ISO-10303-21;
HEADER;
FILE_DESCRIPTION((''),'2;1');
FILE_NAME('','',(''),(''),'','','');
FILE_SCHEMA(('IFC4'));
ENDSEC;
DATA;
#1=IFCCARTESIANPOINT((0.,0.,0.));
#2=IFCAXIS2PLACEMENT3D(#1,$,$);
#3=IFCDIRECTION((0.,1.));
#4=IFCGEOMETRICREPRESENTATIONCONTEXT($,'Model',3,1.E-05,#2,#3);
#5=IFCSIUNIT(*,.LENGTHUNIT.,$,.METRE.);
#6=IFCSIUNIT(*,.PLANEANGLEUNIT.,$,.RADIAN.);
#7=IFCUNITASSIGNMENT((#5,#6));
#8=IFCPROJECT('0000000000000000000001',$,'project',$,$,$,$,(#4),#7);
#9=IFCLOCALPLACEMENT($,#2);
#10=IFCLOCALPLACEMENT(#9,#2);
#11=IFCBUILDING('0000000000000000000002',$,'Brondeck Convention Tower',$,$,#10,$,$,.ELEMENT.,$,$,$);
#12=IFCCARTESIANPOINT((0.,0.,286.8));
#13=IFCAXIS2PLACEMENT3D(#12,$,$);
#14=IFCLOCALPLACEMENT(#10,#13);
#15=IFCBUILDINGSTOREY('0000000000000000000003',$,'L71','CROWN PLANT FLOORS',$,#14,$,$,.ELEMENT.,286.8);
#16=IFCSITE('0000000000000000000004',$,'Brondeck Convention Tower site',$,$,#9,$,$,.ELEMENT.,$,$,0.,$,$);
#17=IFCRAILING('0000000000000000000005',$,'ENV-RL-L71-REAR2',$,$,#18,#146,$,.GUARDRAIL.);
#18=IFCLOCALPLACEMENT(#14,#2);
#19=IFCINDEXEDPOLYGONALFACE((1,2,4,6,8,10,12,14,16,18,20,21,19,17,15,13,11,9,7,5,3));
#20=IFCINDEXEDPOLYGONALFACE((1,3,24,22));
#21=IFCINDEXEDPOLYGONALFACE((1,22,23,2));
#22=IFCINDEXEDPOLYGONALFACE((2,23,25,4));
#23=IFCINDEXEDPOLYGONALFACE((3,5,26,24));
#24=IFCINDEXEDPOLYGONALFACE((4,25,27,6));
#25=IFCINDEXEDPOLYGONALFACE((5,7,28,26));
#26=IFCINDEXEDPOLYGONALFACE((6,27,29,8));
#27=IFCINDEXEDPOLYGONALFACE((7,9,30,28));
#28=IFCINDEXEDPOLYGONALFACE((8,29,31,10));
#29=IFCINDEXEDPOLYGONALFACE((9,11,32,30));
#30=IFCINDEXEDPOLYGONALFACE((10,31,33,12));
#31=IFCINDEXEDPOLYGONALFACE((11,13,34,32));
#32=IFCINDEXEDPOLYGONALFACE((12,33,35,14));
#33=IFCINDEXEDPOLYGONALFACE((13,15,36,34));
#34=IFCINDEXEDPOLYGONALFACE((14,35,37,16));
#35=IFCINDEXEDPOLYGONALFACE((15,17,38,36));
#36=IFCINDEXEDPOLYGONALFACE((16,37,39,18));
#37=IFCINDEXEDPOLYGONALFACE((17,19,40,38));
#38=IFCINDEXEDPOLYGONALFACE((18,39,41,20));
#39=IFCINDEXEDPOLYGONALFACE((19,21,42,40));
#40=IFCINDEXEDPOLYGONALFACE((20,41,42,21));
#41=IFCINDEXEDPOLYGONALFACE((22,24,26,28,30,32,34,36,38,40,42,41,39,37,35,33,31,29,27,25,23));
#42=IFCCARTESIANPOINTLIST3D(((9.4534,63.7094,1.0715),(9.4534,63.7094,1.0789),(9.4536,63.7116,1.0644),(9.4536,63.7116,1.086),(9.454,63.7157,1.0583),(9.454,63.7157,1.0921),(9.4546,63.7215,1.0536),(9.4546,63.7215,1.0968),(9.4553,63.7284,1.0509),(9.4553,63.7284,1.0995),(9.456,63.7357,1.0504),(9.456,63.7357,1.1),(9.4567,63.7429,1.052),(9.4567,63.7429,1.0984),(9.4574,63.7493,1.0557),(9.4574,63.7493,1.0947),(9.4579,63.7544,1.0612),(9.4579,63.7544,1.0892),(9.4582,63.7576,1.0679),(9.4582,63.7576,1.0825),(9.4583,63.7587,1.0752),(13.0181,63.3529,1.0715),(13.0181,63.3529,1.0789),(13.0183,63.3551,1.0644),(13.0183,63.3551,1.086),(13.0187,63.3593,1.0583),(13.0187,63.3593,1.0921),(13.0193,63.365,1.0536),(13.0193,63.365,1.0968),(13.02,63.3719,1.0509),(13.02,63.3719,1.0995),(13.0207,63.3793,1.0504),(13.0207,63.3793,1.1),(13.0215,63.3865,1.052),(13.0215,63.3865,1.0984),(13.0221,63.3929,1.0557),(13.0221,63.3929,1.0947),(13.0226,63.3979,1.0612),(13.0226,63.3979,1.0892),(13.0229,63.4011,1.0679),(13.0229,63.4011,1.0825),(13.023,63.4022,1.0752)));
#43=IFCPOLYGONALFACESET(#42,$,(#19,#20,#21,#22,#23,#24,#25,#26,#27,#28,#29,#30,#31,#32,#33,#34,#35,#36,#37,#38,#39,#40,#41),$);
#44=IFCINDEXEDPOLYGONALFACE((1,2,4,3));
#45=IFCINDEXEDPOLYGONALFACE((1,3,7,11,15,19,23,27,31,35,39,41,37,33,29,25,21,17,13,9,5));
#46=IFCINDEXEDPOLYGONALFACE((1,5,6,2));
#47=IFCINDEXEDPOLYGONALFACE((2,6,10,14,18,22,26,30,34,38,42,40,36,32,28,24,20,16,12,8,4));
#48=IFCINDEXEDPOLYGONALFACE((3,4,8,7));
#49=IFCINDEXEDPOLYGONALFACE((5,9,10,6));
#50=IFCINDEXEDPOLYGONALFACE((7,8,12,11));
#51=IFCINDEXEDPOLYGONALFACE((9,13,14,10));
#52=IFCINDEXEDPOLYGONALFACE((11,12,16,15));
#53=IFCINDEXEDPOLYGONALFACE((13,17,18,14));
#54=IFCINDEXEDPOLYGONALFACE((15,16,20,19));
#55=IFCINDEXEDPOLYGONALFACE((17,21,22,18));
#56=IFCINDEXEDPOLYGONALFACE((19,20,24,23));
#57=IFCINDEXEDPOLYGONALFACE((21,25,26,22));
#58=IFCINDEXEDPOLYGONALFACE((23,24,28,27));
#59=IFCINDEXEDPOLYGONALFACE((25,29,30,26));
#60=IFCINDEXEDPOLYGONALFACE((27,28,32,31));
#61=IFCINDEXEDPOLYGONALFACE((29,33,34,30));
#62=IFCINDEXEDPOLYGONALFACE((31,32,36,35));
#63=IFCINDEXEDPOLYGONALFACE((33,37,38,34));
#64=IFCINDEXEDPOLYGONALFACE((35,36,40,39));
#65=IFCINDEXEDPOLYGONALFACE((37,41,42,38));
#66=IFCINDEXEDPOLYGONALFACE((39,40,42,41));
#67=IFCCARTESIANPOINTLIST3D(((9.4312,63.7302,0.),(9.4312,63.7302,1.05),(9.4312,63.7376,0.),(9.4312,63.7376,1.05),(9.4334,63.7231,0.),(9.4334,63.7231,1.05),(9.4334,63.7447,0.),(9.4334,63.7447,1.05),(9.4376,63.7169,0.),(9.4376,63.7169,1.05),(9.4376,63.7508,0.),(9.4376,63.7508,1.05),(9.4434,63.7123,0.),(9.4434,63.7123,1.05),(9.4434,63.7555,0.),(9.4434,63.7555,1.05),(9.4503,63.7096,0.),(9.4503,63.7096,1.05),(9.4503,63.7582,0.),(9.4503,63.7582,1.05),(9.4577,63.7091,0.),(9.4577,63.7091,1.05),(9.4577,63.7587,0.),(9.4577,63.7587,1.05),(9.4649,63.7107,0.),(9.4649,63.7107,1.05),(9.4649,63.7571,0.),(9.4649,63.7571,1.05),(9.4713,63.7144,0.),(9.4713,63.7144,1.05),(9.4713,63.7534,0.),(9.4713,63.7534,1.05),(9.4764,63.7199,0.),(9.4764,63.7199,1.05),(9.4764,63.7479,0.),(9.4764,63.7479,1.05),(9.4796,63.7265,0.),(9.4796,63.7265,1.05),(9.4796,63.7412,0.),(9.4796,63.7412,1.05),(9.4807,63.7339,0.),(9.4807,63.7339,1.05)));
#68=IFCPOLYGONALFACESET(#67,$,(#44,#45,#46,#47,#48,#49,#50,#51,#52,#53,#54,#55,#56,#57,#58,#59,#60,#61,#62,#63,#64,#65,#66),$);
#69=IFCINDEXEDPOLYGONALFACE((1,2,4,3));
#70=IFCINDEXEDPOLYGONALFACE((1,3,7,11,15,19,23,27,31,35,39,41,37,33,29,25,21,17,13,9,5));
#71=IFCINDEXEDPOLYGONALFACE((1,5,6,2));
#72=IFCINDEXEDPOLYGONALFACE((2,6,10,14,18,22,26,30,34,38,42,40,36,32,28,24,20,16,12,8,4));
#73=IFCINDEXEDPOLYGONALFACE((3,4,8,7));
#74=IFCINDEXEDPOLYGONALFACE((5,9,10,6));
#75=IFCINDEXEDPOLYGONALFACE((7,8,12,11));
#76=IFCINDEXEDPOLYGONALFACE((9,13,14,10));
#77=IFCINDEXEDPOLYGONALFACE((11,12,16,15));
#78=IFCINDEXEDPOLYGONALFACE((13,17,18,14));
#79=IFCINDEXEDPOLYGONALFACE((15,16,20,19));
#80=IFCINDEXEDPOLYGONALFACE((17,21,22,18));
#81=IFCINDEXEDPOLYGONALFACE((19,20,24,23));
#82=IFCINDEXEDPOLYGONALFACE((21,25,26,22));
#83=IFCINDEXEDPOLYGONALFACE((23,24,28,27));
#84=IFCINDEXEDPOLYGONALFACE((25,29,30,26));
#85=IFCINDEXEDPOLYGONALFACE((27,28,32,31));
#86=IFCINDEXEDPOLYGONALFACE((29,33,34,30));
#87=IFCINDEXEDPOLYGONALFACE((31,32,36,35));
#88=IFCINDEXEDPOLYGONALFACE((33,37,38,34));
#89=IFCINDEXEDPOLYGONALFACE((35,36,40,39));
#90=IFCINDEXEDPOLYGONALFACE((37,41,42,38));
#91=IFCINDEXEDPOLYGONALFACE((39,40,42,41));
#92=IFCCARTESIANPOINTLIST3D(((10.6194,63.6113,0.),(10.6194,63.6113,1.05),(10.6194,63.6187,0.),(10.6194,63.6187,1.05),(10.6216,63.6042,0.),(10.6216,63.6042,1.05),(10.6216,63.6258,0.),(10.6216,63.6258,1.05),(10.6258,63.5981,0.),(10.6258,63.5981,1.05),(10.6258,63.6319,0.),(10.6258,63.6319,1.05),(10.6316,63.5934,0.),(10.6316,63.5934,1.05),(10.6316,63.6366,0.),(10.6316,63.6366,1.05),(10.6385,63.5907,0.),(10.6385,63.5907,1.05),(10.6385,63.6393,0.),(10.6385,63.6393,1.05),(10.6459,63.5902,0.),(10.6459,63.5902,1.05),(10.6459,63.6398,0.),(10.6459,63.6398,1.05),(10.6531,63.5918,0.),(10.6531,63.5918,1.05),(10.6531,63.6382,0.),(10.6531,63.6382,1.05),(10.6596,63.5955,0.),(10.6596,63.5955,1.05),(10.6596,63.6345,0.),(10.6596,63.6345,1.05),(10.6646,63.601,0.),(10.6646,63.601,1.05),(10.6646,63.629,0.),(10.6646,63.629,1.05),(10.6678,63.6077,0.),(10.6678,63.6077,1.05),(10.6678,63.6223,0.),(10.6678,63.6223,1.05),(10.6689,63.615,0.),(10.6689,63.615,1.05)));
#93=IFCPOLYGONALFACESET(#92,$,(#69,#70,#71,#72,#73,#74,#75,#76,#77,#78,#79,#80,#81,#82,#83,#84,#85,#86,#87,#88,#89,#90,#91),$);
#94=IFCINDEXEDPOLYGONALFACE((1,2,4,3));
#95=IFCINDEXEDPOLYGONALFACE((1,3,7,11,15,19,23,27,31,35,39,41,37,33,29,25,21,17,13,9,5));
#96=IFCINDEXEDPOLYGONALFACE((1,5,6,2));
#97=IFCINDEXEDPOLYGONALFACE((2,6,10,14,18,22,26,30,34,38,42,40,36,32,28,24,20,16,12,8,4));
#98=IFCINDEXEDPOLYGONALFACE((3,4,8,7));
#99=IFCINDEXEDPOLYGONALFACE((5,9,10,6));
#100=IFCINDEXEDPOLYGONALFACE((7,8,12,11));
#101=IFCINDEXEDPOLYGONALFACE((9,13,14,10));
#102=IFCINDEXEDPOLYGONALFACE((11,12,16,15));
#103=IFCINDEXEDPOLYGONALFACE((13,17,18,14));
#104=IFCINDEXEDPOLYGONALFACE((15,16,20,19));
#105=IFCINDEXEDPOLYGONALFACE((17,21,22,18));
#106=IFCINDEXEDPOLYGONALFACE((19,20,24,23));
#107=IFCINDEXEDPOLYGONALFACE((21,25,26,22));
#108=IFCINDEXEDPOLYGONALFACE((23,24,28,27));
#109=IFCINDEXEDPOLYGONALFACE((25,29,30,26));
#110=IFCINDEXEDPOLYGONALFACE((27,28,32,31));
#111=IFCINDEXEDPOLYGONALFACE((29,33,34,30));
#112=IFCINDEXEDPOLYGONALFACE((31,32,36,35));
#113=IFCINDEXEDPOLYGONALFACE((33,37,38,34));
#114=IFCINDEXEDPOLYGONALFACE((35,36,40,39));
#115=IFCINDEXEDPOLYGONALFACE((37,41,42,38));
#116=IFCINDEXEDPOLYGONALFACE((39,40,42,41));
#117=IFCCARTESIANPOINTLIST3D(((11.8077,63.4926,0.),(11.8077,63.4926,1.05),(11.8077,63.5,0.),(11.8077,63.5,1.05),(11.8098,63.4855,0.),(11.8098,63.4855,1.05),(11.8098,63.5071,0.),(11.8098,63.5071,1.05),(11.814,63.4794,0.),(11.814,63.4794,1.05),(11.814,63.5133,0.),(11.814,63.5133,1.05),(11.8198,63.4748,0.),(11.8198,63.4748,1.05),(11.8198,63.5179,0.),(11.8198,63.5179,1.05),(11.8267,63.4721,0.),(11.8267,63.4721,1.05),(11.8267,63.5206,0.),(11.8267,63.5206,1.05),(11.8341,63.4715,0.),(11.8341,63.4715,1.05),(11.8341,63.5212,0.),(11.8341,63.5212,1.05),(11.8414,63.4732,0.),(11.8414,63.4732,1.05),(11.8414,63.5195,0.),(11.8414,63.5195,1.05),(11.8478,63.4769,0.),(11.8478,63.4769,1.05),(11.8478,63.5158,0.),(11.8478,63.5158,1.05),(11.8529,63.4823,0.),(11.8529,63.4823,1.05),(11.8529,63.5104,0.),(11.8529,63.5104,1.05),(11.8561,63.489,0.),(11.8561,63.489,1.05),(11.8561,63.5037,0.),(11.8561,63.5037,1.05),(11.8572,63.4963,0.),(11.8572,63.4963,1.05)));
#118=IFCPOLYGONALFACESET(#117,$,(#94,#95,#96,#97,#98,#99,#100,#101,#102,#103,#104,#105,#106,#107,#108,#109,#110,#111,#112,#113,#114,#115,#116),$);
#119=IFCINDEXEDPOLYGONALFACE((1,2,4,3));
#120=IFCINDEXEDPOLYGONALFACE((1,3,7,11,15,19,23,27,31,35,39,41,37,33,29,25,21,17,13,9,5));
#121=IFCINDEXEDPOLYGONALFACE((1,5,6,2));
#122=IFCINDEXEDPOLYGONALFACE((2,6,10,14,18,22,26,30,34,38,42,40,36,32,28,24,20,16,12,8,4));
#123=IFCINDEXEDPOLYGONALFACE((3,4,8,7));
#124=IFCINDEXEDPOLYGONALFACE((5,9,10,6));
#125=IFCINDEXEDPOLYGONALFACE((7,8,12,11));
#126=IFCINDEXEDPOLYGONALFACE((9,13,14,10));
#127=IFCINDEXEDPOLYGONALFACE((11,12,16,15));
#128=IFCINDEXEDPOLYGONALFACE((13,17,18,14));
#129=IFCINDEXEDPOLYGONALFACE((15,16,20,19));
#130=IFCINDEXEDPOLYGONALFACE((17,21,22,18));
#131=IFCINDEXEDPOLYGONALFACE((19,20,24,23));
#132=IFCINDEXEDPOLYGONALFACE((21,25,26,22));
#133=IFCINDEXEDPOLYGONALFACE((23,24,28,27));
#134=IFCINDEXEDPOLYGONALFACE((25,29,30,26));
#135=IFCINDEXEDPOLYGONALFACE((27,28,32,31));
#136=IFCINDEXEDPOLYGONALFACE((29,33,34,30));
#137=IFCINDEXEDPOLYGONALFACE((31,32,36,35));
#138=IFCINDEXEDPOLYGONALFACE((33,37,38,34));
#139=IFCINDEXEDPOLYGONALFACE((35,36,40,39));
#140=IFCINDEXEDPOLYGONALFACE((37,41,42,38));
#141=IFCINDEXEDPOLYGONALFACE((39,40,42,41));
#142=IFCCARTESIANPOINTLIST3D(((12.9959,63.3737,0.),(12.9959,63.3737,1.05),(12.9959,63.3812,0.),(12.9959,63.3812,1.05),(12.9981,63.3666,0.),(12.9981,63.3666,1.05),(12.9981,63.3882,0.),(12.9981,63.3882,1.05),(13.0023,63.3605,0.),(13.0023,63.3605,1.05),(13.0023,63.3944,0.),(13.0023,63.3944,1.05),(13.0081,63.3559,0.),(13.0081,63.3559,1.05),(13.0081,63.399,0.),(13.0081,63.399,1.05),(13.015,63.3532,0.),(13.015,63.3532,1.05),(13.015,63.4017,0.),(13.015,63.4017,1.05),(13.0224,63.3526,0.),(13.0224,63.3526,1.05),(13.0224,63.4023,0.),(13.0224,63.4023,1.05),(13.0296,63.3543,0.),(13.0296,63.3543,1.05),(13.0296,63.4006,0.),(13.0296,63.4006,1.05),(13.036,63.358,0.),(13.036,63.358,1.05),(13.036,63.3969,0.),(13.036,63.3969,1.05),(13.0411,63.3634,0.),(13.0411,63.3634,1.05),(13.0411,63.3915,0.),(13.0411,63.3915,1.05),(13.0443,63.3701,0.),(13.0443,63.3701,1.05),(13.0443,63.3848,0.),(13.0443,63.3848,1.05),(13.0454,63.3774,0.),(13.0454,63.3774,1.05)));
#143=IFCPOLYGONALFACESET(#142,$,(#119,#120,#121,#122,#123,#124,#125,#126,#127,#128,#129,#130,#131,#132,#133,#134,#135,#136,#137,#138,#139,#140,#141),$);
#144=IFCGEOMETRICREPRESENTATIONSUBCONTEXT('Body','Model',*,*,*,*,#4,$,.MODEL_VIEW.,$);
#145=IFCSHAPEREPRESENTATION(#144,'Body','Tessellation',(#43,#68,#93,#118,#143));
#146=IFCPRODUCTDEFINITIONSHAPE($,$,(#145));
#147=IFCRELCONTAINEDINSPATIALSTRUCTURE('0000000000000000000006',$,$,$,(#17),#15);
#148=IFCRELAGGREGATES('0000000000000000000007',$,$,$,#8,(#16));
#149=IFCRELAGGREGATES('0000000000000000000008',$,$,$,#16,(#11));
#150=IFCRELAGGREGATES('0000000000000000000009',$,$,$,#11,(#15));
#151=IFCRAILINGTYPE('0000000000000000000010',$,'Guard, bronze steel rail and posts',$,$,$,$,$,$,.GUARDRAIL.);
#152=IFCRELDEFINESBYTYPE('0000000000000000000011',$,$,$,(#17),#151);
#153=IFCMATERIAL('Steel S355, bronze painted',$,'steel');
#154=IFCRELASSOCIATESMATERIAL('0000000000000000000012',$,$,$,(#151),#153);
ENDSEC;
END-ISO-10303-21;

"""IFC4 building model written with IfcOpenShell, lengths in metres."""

from ifc_helpers import new_model, si_unit, direction, frame, origin, origin_2d, place, context, subcontext, project, spatial, circle, extrude, material, type_object, element, save


model = new_model("IFC4")

# Units and contexts
model_context = context("Model", 3, precision=1e-05, world=origin(), true_north=direction((0.0, 1.0)))
body_context = subcontext(model_context, "Body", "Model", "MODEL_VIEW")
ifc_project = project(units=[si_unit("LENGTHUNIT", "METRE"), si_unit("PLANEANGLEUNIT", "RADIAN")], contexts=[model_context])

# Site, building, storey
site_placement = place(None, origin())
site = spatial("IfcSite", under=ifc_project, at=site_placement, Name="Brondeck Convention Tower site", CompositionType="ELEMENT", RefElevation=0.0)
building_placement = place(site_placement, origin())
building = spatial("IfcBuilding", under=site, at=building_placement, Name="Brondeck Convention Tower", CompositionType="ELEMENT")
storey_placement = place(building_placement, frame((0.0, 0.0, 286.8)))
storey = spatial("IfcBuildingStorey", under=building, at=storey_placement, Name="L71", Description="CROWN PLANT FLOORS", CompositionType="ELEMENT", Elevation=286.8)

# Railing
ifc_material_1 = material(Name="Steel S355, bronze painted", Category="steel")
railing_type_1 = type_object("IfcRailingType", Name="Guard, bronze steel rail and posts", PredefinedType="GUARDRAIL", material=ifc_material_1)
railing_1_placement = place(storey_placement, frame((9.4558, 63.7339, 0.0)))
element("IfcRailing", 1, at=railing_1_placement, inside=storey, type_object=railing_type_1, Name="ENV-RL-L71-REAR2", PredefinedType="GUARDRAIL", context=body_context, shape_type="SweptSolid", body=[
    extrude(circle(Radius=0.0249, at=origin_2d()), frame((0.0, 0.0, 1.0752), z_axis=(0.995038, -0.099497, 0.0), x_axis=(0.099497, 0.995038, 0.0)), (0.0, 0.0, 1.0), 3.5825),
    extrude(circle(Radius=0.0249, at=origin_2d()), origin(), (0.0, 0.0, 1.0), 1.05),
    extrude(circle(Radius=0.0249, at=origin_2d()), frame((1.1882, -0.1189, 0.0)), (0.0, 0.0, 1.0), 1.05),
    extrude(circle(Radius=0.0249, at=origin_2d()), frame((2.3765, -0.2375, 0.0)), (0.0, 0.0, 1.0), 1.05),
    extrude(circle(Radius=0.0249, at=origin_2d()), frame((3.5647, -0.3564, 0.0)), (0.0, 0.0, 1.0), 1.05),
])

save(model, "model.ifc")
